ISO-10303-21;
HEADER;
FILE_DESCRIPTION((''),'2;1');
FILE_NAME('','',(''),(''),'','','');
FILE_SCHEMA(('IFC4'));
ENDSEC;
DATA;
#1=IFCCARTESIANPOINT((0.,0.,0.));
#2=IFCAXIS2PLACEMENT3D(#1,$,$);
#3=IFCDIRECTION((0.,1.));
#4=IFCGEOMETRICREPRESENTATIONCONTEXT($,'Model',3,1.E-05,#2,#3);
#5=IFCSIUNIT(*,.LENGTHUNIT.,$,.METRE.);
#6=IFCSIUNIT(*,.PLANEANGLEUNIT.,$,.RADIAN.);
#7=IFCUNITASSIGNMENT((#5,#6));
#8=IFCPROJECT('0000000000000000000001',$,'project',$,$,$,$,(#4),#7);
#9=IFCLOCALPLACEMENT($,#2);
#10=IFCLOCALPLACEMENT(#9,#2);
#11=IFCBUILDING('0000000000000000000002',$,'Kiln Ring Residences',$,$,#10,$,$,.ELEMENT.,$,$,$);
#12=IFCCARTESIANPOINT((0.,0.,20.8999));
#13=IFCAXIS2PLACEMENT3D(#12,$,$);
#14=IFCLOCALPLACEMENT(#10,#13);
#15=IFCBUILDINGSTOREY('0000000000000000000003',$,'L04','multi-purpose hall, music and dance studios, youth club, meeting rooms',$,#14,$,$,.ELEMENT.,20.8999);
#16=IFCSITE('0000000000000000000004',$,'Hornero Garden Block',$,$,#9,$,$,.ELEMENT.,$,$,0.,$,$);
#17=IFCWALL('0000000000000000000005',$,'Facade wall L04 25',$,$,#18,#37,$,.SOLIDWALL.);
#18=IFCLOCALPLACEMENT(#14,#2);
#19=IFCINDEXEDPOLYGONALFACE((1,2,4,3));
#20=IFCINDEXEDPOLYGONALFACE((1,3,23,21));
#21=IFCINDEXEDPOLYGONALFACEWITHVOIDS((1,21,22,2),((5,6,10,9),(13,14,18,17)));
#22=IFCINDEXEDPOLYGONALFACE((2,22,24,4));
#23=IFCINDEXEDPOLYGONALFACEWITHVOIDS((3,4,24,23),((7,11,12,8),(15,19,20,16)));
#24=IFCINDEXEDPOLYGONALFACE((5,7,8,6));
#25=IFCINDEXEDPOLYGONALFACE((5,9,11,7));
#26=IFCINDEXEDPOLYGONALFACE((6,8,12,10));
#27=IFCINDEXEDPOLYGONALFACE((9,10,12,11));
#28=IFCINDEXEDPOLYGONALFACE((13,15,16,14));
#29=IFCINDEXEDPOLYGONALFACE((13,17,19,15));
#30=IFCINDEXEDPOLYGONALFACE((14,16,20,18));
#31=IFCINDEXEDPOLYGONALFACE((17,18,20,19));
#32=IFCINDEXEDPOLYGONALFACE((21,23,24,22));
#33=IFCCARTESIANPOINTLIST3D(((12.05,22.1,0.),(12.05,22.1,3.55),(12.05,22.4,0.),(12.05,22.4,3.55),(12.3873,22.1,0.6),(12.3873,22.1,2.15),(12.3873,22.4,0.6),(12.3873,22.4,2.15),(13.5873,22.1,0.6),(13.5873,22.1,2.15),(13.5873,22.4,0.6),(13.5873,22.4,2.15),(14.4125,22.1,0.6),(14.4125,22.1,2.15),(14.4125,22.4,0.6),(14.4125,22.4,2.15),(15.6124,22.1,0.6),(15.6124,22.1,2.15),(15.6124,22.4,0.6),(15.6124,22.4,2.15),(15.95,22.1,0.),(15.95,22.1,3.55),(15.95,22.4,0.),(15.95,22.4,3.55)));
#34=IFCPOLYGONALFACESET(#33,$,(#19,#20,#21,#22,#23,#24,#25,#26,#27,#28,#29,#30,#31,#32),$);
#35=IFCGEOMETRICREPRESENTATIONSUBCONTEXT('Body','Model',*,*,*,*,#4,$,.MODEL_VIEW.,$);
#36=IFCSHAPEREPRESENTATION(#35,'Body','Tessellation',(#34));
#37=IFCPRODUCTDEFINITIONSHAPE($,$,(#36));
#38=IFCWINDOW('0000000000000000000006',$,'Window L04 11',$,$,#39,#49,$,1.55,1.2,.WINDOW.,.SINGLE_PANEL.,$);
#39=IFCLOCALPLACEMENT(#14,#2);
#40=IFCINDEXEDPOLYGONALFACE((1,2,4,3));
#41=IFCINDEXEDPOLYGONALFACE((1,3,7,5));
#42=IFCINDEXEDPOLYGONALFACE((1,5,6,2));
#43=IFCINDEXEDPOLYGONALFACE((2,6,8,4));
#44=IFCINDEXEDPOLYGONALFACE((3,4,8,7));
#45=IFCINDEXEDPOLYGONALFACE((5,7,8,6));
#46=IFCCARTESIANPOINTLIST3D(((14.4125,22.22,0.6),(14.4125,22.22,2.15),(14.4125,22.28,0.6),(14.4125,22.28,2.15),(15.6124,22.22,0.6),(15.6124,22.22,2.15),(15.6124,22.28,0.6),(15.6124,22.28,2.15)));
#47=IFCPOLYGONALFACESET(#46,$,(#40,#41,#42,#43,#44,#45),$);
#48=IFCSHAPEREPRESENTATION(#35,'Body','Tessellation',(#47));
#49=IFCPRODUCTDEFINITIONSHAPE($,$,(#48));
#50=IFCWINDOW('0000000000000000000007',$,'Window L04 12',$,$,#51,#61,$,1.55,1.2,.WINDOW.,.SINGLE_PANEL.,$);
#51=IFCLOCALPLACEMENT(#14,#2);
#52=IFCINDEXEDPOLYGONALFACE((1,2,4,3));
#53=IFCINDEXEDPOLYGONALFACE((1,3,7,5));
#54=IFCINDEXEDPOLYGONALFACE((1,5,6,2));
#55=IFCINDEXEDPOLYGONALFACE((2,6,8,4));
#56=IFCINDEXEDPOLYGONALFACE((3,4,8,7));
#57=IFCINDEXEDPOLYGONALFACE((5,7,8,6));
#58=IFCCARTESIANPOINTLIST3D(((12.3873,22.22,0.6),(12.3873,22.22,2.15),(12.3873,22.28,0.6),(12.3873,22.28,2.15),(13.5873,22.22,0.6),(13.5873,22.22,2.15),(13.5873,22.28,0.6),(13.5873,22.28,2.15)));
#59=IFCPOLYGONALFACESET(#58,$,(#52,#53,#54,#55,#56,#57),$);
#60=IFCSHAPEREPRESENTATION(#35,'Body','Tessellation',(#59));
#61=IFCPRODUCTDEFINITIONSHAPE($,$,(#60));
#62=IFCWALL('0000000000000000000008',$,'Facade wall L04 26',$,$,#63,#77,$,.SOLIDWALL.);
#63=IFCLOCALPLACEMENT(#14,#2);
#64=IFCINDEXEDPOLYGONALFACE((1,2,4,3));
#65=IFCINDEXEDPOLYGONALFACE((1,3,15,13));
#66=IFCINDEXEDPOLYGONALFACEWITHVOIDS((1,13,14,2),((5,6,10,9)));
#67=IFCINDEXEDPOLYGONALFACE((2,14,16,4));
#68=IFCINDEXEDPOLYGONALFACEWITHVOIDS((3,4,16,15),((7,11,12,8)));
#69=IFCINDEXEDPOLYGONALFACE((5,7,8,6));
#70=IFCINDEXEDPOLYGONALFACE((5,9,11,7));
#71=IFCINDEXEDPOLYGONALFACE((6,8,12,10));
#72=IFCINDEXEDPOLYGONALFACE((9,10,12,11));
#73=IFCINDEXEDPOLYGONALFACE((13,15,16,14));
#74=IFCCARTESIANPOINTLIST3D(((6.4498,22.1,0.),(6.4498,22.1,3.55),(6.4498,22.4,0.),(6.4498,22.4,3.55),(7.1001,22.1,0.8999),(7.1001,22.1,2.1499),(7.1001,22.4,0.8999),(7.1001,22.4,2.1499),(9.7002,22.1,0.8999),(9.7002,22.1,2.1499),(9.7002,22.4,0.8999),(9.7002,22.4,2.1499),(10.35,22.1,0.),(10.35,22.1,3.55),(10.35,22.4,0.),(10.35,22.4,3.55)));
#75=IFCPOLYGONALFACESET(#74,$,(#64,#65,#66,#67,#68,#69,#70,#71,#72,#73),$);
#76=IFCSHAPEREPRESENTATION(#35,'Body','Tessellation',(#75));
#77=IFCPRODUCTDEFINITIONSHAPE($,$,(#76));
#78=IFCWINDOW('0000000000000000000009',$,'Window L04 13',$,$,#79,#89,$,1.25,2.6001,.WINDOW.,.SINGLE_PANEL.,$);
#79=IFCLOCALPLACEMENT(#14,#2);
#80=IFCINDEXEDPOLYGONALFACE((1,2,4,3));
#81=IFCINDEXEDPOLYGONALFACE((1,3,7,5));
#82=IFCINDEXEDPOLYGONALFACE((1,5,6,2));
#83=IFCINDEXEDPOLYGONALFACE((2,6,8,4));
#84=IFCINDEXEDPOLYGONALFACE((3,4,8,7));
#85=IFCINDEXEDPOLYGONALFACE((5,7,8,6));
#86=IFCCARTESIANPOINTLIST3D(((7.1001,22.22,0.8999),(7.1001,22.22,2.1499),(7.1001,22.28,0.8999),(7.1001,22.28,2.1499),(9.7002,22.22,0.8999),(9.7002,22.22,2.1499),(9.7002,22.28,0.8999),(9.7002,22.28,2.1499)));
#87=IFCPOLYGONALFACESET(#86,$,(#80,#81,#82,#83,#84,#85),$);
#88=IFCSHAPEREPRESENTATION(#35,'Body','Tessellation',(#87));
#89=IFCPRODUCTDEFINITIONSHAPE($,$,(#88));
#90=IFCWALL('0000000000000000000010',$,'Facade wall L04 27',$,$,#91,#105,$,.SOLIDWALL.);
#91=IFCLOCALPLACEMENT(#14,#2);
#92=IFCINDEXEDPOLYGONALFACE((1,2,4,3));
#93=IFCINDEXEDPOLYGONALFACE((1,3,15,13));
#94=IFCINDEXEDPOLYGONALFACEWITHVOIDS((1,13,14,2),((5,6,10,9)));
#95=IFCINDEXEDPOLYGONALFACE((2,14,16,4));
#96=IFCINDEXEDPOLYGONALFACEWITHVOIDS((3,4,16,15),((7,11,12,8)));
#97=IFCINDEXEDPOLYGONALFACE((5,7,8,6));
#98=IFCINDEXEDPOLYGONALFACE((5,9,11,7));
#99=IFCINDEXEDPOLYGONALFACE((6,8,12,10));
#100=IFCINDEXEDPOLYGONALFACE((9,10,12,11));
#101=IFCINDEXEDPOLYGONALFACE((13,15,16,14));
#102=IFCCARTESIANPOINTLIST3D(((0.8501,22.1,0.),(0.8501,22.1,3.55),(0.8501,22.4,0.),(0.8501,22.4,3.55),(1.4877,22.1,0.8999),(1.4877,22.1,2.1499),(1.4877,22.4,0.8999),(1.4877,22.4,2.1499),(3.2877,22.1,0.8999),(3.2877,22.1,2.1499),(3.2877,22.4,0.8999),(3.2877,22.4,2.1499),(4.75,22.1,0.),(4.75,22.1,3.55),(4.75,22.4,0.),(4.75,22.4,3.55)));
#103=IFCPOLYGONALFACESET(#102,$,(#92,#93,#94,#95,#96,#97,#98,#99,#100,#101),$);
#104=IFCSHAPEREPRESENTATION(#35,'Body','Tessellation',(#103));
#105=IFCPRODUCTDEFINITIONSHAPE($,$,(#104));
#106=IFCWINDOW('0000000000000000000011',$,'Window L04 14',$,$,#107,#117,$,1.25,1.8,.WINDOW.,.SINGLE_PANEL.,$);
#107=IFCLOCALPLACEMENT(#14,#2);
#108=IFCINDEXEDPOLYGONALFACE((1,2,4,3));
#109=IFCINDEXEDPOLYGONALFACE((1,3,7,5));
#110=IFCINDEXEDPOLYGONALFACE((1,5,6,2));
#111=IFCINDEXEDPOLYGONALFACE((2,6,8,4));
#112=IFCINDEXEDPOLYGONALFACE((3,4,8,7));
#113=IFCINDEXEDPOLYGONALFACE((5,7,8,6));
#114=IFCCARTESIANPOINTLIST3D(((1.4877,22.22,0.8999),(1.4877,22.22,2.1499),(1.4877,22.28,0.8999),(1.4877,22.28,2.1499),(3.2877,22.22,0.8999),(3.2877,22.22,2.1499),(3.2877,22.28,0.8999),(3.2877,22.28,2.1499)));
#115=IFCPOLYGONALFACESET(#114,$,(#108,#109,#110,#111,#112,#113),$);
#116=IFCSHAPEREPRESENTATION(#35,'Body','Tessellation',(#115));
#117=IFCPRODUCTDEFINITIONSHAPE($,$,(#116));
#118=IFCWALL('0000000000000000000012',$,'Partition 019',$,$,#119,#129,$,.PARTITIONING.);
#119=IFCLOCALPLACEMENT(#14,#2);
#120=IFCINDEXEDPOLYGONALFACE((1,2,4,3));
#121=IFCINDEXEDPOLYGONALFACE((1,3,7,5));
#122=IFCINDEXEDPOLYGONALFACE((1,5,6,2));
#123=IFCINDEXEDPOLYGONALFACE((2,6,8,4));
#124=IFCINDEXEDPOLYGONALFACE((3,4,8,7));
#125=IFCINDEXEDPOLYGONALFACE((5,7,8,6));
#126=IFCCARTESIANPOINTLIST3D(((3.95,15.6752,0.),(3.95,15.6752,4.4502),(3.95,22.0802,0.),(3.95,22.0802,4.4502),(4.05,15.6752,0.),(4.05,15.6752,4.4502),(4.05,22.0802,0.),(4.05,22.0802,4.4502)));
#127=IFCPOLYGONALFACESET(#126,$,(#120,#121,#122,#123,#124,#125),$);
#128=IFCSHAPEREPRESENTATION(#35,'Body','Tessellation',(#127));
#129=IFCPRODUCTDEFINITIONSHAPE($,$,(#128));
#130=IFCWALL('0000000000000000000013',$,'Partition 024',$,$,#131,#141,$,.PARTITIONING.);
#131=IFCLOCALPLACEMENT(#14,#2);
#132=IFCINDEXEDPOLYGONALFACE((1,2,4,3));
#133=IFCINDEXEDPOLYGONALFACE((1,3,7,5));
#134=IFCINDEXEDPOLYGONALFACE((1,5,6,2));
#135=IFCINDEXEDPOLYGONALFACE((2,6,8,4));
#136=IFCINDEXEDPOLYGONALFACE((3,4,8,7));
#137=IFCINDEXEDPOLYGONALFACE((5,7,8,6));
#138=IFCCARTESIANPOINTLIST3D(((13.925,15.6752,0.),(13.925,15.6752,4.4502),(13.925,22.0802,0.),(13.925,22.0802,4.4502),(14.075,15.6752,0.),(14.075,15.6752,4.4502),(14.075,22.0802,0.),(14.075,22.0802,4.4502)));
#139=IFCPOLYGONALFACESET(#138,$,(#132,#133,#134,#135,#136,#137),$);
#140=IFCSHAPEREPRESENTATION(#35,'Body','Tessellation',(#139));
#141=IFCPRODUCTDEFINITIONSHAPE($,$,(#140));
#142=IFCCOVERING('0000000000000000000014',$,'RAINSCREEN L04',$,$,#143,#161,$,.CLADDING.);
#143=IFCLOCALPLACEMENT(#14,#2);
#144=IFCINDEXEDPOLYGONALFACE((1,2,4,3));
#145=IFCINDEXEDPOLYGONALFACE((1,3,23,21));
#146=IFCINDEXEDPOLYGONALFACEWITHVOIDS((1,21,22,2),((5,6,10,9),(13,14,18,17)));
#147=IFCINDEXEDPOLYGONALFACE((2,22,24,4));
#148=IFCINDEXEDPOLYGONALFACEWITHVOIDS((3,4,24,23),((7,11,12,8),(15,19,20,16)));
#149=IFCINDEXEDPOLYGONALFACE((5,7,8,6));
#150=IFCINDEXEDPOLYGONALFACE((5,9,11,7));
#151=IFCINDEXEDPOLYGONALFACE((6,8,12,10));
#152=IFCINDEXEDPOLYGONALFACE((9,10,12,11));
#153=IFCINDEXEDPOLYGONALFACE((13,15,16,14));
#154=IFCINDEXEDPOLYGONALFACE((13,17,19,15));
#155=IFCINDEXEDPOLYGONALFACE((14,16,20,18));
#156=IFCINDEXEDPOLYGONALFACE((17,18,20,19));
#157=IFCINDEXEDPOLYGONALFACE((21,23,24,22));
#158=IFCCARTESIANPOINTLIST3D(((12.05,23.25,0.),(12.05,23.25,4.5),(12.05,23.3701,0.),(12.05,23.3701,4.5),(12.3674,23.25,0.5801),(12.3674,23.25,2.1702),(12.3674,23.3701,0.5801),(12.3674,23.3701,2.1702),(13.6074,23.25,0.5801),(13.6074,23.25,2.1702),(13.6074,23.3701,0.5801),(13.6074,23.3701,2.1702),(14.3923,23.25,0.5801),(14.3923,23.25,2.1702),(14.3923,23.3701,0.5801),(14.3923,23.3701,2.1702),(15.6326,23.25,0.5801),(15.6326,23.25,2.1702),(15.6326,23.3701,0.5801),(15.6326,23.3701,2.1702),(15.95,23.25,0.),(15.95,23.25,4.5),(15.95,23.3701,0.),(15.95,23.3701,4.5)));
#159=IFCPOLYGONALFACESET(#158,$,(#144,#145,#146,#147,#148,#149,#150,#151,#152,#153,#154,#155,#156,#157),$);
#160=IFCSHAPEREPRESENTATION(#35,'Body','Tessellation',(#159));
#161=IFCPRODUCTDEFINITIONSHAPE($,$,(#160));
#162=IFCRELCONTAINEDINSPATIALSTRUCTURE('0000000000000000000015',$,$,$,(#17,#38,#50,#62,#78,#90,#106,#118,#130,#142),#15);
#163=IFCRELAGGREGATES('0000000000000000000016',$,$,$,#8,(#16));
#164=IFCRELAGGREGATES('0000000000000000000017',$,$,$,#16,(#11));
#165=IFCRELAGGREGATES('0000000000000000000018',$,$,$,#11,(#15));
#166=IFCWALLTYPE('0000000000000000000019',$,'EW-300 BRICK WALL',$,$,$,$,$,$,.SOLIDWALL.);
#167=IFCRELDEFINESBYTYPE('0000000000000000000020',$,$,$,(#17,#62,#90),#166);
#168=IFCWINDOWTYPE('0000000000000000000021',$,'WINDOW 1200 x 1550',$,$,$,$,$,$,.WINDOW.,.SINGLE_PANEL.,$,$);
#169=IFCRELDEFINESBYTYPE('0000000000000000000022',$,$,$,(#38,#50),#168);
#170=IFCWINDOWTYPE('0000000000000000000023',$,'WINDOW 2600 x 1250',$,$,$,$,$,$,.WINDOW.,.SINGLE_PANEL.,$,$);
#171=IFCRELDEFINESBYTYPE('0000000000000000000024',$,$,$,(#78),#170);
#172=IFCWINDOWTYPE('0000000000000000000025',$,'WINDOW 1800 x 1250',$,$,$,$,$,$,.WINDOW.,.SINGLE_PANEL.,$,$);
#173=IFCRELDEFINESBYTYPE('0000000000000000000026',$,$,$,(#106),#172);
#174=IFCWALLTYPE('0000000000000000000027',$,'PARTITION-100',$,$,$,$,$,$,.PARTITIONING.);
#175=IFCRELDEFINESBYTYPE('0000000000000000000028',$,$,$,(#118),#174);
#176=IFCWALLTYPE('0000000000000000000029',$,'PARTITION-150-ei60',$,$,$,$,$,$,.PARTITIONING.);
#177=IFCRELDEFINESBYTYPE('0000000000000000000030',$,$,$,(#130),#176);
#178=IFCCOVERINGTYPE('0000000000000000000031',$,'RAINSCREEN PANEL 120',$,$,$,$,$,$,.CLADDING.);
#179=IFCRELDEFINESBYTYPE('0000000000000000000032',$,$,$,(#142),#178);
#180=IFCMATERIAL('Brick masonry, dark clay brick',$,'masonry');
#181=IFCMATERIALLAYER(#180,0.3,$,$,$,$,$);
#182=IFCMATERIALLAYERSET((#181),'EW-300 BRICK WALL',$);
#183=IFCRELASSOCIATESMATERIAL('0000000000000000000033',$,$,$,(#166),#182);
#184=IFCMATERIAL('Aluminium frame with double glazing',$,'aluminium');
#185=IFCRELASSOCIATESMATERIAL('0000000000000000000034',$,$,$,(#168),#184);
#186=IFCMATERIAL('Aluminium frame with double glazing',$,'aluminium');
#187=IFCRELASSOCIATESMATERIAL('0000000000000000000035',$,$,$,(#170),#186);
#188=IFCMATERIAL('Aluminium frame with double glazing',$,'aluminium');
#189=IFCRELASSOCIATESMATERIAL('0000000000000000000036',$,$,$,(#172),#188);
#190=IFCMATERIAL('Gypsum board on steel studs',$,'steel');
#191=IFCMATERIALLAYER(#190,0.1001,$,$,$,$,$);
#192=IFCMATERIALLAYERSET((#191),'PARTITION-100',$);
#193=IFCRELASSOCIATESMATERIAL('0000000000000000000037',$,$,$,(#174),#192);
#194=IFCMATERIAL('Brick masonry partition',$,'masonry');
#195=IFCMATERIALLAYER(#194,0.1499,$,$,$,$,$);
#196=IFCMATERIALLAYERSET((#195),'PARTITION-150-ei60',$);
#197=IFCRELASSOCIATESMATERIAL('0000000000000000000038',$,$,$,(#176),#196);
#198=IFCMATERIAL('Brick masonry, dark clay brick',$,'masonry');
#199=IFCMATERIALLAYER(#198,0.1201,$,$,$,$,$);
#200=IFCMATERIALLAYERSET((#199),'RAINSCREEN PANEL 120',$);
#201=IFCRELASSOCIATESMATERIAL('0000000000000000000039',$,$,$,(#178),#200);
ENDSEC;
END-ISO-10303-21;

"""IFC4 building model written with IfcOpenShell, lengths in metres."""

from ifc_helpers import new_model, si_unit, direction, frame, frame_2d, origin, place, context, subcontext, project, spatial, polyline, rectangle, outline, extrude, material, layer, layer_set, type_object, element, fill, save


model = new_model("IFC4")

# Units and contexts
model_context = context("Model", 3, precision=1e-05, world=origin(), true_north=direction((0.0, 1.0)))
body_context = subcontext(model_context, "Body", "Model", "MODEL_VIEW")
ifc_project = project(units=[si_unit("LENGTHUNIT", "METRE"), si_unit("PLANEANGLEUNIT", "RADIAN")], contexts=[model_context])

# Site, building, storey
site_placement = place(None, origin())
site = spatial("IfcSite", under=ifc_project, at=site_placement, Name="Hornero Garden Block", CompositionType="ELEMENT", RefElevation=0.0)
building_placement = place(site_placement, origin())
building = spatial("IfcBuilding", under=site, at=building_placement, Name="Kiln Ring Residences", CompositionType="ELEMENT")
storey_placement = place(building_placement, frame((0.0, 0.0, 20.8999)))
storey = spatial("IfcBuildingStorey", under=building, at=storey_placement, Name="L04", Description="multi-purpose hall, music and dance studios, youth club, meeting rooms", CompositionType="ELEMENT", Elevation=20.8999)

# Wall, openings, windows
ifc_material_1 = material(Name="Brick masonry, dark clay brick", Category="masonry")
ifc_layer_1 = layer(ifc_material_1, 0.3)
ifc_layer_set_1 = layer_set([ifc_layer_1], Name="EW-300 BRICK WALL")
wall_type_1 = type_object("IfcWallType", Name="EW-300 BRICK WALL", PredefinedType="SOLIDWALL", material=ifc_layer_set_1)
wall_1_placement = place(storey_placement, frame((15.95, 22.25, 0.0), z_axis=(0.0, 0.0, 1.0), x_axis=(-1.0, 0.0, 0.0)))
wall_1 = element("IfcWall", 1, at=wall_1_placement, inside=storey, type_object=wall_type_1, Name="Facade wall L04 25", PredefinedType="SOLIDWALL", context=body_context, shape_type="SweptSolid", body=[
    extrude(rectangle(XDim=3.8999, YDim=0.3, at=frame_2d((1.95, 0.0))), origin(), (0.0, 0.0, 1.0), 3.55),
])
opening_1_placement = place(wall_1_placement, frame((0.3374, 0.0, 0.6001)))
opening_1 = element("IfcOpeningElement", 2, at=opening_1_placement, cuts=wall_1, PredefinedType="OPENING", context=body_context, shape_type="SweptSolid", body=[
    extrude(rectangle(XDim=1.2, YDim=1.55, at=frame_2d((0.6001, 0.7749))), frame((0.0, 0.1599, 0.0), z_axis=(0.0, -1.0, 0.0), x_axis=(1.0, 0.0, 0.0)), (0.0, 0.0, 1.0), 0.3201),
])
opening_2_placement = place(wall_1_placement, frame((2.3625, 0.0, 0.6001)))
opening_2 = element("IfcOpeningElement", 3, at=opening_2_placement, cuts=wall_1, PredefinedType="OPENING", context=body_context, shape_type="SweptSolid", body=[
    extrude(rectangle(XDim=1.2, YDim=1.55, at=frame_2d((0.6001, 0.7749))), frame((0.0, 0.1599, 0.0), z_axis=(0.0, -1.0, 0.0), x_axis=(1.0, 0.0, 0.0)), (0.0, 0.0, 1.0), 0.3201),
])
ifc_material_2 = material(Name="Aluminium frame with double glazing", Category="aluminium")
window_type_1 = type_object("IfcWindowType", Name="WINDOW 1200 x 1550", PartitioningType="SINGLE_PANEL", PredefinedType="WINDOW", material=ifc_material_2)
window_1_placement = place(opening_1_placement, origin())
window_1 = element("IfcWindow", 4, at=window_1_placement, inside=storey, type_object=window_type_1, Name="Window L04 11", OverallHeight=1.55, OverallWidth=1.2, PartitioningType="SINGLE_PANEL", PredefinedType="WINDOW", context=body_context, shape_type="SweptSolid", body=[
    extrude(rectangle(XDim=1.2, YDim=1.55, at=frame_2d((0.6001, 0.7749))), frame((0.0, 0.03, 0.0), z_axis=(0.0, -1.0, 0.0), x_axis=(1.0, 0.0, 0.0)), (0.0, 0.0, 1.0), 0.0601),
])
fill(opening_1, window_1)
window_2_placement = place(opening_2_placement, origin())
window_2 = element("IfcWindow", 5, at=window_2_placement, inside=storey, type_object=window_type_1, Name="Window L04 12", OverallHeight=1.55, OverallWidth=1.2, PartitioningType="SINGLE_PANEL", PredefinedType="WINDOW", context=body_context, shape_type="SweptSolid", body=[
    extrude(rectangle(XDim=1.2, YDim=1.55, at=frame_2d((0.6001, 0.7749))), frame((0.0, 0.03, 0.0), z_axis=(0.0, -1.0, 0.0), x_axis=(1.0, 0.0, 0.0)), (0.0, 0.0, 1.0), 0.0601),
])
fill(opening_2, window_2)

# Walls, openings, windows
wall_2_placement = place(storey_placement, frame((10.3501, 22.25, 0.0), z_axis=(0.0, 0.0, 1.0), x_axis=(-1.0, 0.0, 0.0)))
wall_2 = element("IfcWall", 6, at=wall_2_placement, inside=storey, type_object=wall_type_1, Name="Facade wall L04 26", PredefinedType="SOLIDWALL", context=body_context, shape_type="SweptSolid", body=[
    extrude(rectangle(XDim=3.9001, YDim=0.3, at=frame_2d((1.9502, 0.0))), origin(), (0.0, 0.0, 1.0), 3.55),
])
opening_3_placement = place(wall_2_placement, frame((0.6499, 0.0, 0.8999)))
opening_3 = element("IfcOpeningElement", 7, at=opening_3_placement, cuts=wall_2, PredefinedType="OPENING", context=body_context, shape_type="SweptSolid", body=[
    extrude(rectangle(XDim=2.6001, YDim=1.25, at=frame_2d((1.3, 0.625))), frame((0.0, 0.1599, 0.0), z_axis=(0.0, -1.0, 0.0), x_axis=(1.0, 0.0, 0.0)), (0.0, 0.0, 1.0), 0.3201),
])
ifc_material_3 = material(Name="Aluminium frame with double glazing", Category="aluminium")
window_type_2 = type_object("IfcWindowType", Name="WINDOW 2600 x 1250", PartitioningType="SINGLE_PANEL", PredefinedType="WINDOW", material=ifc_material_3)
window_3_placement = place(opening_3_placement, origin())
window_3 = element("IfcWindow", 8, at=window_3_placement, inside=storey, type_object=window_type_2, Name="Window L04 13", OverallHeight=1.25, OverallWidth=2.6001, PartitioningType="SINGLE_PANEL", PredefinedType="WINDOW", context=body_context, shape_type="SweptSolid", body=[
    extrude(rectangle(XDim=2.6001, YDim=1.25, at=frame_2d((1.3, 0.625))), frame((0.0, 0.03, 0.0), z_axis=(0.0, -1.0, 0.0), x_axis=(1.0, 0.0, 0.0)), (0.0, 0.0, 1.0), 0.0601),
])
fill(opening_3, window_3)
wall_3_placement = place(storey_placement, frame((4.75, 22.25, 0.0), z_axis=(0.0, 0.0, 1.0), x_axis=(-1.0, 0.0, 0.0)))
wall_3 = element("IfcWall", 9, at=wall_3_placement, inside=storey, type_object=wall_type_1, Name="Facade wall L04 27", PredefinedType="SOLIDWALL", context=body_context, shape_type="SweptSolid", body=[
    extrude(rectangle(XDim=3.8999, YDim=0.3, at=frame_2d((1.95, 0.0))), origin(), (0.0, 0.0, 1.0), 3.55),
])
opening_4_placement = place(wall_3_placement, frame((1.4624, 0.0, 0.8999)))
opening_4 = element("IfcOpeningElement", 10, at=opening_4_placement, cuts=wall_3, PredefinedType="OPENING", context=body_context, shape_type="SweptSolid", body=[
    extrude(rectangle(XDim=1.8, YDim=1.25, at=frame_2d((0.8999, 0.625))), frame((0.0, 0.1599, 0.0), z_axis=(0.0, -1.0, 0.0), x_axis=(1.0, 0.0, 0.0)), (0.0, 0.0, 1.0), 0.3201),
])
ifc_material_4 = material(Name="Aluminium frame with double glazing", Category="aluminium")
window_type_3 = type_object("IfcWindowType", Name="WINDOW 1800 x 1250", PartitioningType="SINGLE_PANEL", PredefinedType="WINDOW", material=ifc_material_4)
window_4_placement = place(opening_4_placement, origin())
window_4 = element("IfcWindow", 11, at=window_4_placement, inside=storey, type_object=window_type_3, Name="Window L04 14", OverallHeight=1.25, OverallWidth=1.8, PartitioningType="SINGLE_PANEL", PredefinedType="WINDOW", context=body_context, shape_type="SweptSolid", body=[
    extrude(rectangle(XDim=1.8, YDim=1.25, at=frame_2d((0.8999, 0.625))), frame((0.0, 0.03, 0.0), z_axis=(0.0, -1.0, 0.0), x_axis=(1.0, 0.0, 0.0)), (0.0, 0.0, 1.0), 0.0601),
])
fill(opening_4, window_4)

# Walls
ifc_material_5 = material(Name="Gypsum board on steel studs", Category="steel")
ifc_layer_2 = layer(ifc_material_5, 0.1001)
ifc_layer_set_2 = layer_set([ifc_layer_2], Name="PARTITION-100")
wall_type_2 = type_object("IfcWallType", Name="PARTITION-100", PredefinedType="PARTITIONING", material=ifc_layer_set_2)
wall_4_placement = place(storey_placement, frame((4.0, 15.675, 0.0), z_axis=(0.0, 0.0, 1.0), x_axis=(0.0, 1.0, 0.0)))
element("IfcWall", 12, at=wall_4_placement, inside=storey, type_object=wall_type_2, Name="Partition 019", PredefinedType="PARTITIONING", context=body_context, shape_type="SweptSolid", body=[
    extrude(rectangle(XDim=6.405, YDim=0.1001, at=frame_2d((3.2026, 0.0))), origin(), (0.0, 0.0, 1.0), 4.4502),
])
ifc_material_6 = material(Name="Brick masonry partition", Category="masonry")
ifc_layer_3 = layer(ifc_material_6, 0.1499)
ifc_layer_set_3 = layer_set([ifc_layer_3], Name="PARTITION-150-ei60")
wall_type_3 = type_object("IfcWallType", Name="PARTITION-150-ei60", PredefinedType="PARTITIONING", material=ifc_layer_set_3)
wall_5_placement = place(storey_placement, frame((14.0, 15.675, 0.0), z_axis=(0.0, 0.0, 1.0), x_axis=(0.0, 1.0, 0.0)))
element("IfcWall", 13, at=wall_5_placement, inside=storey, type_object=wall_type_3, Name="Partition 024", PredefinedType="PARTITIONING", context=body_context, shape_type="SweptSolid", body=[
    extrude(rectangle(XDim=6.405, YDim=0.1499, at=frame_2d((3.2026, 0.0))), origin(), (0.0, 0.0, 1.0), 4.4502),
])

# Covering
ifc_material_7 = material(Name="Brick masonry, dark clay brick", Category="masonry")
ifc_layer_4 = layer(ifc_material_7, 0.1201)
ifc_layer_set_4 = layer_set([ifc_layer_4], Name="RAINSCREEN PANEL 120")
covering_type = type_object("IfcCoveringType", Name="RAINSCREEN PANEL 120", PredefinedType="CLADDING", material=ifc_layer_set_4)
covering_1_placement = place(storey_placement, frame((15.95, 23.3101, 0.0), z_axis=(0.0, 0.0, 1.0), x_axis=(-1.0, 0.0, 0.0)))
element("IfcCovering", 14, at=covering_1_placement, inside=storey, type_object=covering_type, Name="RAINSCREEN L04", PredefinedType="CLADDING", context=body_context, shape_type="SweptSolid", body=[
    extrude(outline(polyline([(0.0, 0.0), (3.8999, 0.0), (3.8999, 4.5), (0.0, 4.5), (0.0, 0.0)]), holes=[polyline([(1.5576, 2.1702), (0.3174, 2.1702), (0.3174, 0.5801), (1.5576, 0.5801), (1.5576, 2.1702)]), polyline([(3.5825, 2.1702), (2.3425, 2.1702), (2.3425, 0.5801), (3.5825, 0.5801), (3.5825, 2.1702)])]), frame((0.0, 0.0601, 0.0), z_axis=(0.0, -1.0, 0.0), x_axis=(1.0, 0.0, 0.0)), (0.0, 0.0, 1.0), 0.1201),
])

save(model, "model.ifc")
